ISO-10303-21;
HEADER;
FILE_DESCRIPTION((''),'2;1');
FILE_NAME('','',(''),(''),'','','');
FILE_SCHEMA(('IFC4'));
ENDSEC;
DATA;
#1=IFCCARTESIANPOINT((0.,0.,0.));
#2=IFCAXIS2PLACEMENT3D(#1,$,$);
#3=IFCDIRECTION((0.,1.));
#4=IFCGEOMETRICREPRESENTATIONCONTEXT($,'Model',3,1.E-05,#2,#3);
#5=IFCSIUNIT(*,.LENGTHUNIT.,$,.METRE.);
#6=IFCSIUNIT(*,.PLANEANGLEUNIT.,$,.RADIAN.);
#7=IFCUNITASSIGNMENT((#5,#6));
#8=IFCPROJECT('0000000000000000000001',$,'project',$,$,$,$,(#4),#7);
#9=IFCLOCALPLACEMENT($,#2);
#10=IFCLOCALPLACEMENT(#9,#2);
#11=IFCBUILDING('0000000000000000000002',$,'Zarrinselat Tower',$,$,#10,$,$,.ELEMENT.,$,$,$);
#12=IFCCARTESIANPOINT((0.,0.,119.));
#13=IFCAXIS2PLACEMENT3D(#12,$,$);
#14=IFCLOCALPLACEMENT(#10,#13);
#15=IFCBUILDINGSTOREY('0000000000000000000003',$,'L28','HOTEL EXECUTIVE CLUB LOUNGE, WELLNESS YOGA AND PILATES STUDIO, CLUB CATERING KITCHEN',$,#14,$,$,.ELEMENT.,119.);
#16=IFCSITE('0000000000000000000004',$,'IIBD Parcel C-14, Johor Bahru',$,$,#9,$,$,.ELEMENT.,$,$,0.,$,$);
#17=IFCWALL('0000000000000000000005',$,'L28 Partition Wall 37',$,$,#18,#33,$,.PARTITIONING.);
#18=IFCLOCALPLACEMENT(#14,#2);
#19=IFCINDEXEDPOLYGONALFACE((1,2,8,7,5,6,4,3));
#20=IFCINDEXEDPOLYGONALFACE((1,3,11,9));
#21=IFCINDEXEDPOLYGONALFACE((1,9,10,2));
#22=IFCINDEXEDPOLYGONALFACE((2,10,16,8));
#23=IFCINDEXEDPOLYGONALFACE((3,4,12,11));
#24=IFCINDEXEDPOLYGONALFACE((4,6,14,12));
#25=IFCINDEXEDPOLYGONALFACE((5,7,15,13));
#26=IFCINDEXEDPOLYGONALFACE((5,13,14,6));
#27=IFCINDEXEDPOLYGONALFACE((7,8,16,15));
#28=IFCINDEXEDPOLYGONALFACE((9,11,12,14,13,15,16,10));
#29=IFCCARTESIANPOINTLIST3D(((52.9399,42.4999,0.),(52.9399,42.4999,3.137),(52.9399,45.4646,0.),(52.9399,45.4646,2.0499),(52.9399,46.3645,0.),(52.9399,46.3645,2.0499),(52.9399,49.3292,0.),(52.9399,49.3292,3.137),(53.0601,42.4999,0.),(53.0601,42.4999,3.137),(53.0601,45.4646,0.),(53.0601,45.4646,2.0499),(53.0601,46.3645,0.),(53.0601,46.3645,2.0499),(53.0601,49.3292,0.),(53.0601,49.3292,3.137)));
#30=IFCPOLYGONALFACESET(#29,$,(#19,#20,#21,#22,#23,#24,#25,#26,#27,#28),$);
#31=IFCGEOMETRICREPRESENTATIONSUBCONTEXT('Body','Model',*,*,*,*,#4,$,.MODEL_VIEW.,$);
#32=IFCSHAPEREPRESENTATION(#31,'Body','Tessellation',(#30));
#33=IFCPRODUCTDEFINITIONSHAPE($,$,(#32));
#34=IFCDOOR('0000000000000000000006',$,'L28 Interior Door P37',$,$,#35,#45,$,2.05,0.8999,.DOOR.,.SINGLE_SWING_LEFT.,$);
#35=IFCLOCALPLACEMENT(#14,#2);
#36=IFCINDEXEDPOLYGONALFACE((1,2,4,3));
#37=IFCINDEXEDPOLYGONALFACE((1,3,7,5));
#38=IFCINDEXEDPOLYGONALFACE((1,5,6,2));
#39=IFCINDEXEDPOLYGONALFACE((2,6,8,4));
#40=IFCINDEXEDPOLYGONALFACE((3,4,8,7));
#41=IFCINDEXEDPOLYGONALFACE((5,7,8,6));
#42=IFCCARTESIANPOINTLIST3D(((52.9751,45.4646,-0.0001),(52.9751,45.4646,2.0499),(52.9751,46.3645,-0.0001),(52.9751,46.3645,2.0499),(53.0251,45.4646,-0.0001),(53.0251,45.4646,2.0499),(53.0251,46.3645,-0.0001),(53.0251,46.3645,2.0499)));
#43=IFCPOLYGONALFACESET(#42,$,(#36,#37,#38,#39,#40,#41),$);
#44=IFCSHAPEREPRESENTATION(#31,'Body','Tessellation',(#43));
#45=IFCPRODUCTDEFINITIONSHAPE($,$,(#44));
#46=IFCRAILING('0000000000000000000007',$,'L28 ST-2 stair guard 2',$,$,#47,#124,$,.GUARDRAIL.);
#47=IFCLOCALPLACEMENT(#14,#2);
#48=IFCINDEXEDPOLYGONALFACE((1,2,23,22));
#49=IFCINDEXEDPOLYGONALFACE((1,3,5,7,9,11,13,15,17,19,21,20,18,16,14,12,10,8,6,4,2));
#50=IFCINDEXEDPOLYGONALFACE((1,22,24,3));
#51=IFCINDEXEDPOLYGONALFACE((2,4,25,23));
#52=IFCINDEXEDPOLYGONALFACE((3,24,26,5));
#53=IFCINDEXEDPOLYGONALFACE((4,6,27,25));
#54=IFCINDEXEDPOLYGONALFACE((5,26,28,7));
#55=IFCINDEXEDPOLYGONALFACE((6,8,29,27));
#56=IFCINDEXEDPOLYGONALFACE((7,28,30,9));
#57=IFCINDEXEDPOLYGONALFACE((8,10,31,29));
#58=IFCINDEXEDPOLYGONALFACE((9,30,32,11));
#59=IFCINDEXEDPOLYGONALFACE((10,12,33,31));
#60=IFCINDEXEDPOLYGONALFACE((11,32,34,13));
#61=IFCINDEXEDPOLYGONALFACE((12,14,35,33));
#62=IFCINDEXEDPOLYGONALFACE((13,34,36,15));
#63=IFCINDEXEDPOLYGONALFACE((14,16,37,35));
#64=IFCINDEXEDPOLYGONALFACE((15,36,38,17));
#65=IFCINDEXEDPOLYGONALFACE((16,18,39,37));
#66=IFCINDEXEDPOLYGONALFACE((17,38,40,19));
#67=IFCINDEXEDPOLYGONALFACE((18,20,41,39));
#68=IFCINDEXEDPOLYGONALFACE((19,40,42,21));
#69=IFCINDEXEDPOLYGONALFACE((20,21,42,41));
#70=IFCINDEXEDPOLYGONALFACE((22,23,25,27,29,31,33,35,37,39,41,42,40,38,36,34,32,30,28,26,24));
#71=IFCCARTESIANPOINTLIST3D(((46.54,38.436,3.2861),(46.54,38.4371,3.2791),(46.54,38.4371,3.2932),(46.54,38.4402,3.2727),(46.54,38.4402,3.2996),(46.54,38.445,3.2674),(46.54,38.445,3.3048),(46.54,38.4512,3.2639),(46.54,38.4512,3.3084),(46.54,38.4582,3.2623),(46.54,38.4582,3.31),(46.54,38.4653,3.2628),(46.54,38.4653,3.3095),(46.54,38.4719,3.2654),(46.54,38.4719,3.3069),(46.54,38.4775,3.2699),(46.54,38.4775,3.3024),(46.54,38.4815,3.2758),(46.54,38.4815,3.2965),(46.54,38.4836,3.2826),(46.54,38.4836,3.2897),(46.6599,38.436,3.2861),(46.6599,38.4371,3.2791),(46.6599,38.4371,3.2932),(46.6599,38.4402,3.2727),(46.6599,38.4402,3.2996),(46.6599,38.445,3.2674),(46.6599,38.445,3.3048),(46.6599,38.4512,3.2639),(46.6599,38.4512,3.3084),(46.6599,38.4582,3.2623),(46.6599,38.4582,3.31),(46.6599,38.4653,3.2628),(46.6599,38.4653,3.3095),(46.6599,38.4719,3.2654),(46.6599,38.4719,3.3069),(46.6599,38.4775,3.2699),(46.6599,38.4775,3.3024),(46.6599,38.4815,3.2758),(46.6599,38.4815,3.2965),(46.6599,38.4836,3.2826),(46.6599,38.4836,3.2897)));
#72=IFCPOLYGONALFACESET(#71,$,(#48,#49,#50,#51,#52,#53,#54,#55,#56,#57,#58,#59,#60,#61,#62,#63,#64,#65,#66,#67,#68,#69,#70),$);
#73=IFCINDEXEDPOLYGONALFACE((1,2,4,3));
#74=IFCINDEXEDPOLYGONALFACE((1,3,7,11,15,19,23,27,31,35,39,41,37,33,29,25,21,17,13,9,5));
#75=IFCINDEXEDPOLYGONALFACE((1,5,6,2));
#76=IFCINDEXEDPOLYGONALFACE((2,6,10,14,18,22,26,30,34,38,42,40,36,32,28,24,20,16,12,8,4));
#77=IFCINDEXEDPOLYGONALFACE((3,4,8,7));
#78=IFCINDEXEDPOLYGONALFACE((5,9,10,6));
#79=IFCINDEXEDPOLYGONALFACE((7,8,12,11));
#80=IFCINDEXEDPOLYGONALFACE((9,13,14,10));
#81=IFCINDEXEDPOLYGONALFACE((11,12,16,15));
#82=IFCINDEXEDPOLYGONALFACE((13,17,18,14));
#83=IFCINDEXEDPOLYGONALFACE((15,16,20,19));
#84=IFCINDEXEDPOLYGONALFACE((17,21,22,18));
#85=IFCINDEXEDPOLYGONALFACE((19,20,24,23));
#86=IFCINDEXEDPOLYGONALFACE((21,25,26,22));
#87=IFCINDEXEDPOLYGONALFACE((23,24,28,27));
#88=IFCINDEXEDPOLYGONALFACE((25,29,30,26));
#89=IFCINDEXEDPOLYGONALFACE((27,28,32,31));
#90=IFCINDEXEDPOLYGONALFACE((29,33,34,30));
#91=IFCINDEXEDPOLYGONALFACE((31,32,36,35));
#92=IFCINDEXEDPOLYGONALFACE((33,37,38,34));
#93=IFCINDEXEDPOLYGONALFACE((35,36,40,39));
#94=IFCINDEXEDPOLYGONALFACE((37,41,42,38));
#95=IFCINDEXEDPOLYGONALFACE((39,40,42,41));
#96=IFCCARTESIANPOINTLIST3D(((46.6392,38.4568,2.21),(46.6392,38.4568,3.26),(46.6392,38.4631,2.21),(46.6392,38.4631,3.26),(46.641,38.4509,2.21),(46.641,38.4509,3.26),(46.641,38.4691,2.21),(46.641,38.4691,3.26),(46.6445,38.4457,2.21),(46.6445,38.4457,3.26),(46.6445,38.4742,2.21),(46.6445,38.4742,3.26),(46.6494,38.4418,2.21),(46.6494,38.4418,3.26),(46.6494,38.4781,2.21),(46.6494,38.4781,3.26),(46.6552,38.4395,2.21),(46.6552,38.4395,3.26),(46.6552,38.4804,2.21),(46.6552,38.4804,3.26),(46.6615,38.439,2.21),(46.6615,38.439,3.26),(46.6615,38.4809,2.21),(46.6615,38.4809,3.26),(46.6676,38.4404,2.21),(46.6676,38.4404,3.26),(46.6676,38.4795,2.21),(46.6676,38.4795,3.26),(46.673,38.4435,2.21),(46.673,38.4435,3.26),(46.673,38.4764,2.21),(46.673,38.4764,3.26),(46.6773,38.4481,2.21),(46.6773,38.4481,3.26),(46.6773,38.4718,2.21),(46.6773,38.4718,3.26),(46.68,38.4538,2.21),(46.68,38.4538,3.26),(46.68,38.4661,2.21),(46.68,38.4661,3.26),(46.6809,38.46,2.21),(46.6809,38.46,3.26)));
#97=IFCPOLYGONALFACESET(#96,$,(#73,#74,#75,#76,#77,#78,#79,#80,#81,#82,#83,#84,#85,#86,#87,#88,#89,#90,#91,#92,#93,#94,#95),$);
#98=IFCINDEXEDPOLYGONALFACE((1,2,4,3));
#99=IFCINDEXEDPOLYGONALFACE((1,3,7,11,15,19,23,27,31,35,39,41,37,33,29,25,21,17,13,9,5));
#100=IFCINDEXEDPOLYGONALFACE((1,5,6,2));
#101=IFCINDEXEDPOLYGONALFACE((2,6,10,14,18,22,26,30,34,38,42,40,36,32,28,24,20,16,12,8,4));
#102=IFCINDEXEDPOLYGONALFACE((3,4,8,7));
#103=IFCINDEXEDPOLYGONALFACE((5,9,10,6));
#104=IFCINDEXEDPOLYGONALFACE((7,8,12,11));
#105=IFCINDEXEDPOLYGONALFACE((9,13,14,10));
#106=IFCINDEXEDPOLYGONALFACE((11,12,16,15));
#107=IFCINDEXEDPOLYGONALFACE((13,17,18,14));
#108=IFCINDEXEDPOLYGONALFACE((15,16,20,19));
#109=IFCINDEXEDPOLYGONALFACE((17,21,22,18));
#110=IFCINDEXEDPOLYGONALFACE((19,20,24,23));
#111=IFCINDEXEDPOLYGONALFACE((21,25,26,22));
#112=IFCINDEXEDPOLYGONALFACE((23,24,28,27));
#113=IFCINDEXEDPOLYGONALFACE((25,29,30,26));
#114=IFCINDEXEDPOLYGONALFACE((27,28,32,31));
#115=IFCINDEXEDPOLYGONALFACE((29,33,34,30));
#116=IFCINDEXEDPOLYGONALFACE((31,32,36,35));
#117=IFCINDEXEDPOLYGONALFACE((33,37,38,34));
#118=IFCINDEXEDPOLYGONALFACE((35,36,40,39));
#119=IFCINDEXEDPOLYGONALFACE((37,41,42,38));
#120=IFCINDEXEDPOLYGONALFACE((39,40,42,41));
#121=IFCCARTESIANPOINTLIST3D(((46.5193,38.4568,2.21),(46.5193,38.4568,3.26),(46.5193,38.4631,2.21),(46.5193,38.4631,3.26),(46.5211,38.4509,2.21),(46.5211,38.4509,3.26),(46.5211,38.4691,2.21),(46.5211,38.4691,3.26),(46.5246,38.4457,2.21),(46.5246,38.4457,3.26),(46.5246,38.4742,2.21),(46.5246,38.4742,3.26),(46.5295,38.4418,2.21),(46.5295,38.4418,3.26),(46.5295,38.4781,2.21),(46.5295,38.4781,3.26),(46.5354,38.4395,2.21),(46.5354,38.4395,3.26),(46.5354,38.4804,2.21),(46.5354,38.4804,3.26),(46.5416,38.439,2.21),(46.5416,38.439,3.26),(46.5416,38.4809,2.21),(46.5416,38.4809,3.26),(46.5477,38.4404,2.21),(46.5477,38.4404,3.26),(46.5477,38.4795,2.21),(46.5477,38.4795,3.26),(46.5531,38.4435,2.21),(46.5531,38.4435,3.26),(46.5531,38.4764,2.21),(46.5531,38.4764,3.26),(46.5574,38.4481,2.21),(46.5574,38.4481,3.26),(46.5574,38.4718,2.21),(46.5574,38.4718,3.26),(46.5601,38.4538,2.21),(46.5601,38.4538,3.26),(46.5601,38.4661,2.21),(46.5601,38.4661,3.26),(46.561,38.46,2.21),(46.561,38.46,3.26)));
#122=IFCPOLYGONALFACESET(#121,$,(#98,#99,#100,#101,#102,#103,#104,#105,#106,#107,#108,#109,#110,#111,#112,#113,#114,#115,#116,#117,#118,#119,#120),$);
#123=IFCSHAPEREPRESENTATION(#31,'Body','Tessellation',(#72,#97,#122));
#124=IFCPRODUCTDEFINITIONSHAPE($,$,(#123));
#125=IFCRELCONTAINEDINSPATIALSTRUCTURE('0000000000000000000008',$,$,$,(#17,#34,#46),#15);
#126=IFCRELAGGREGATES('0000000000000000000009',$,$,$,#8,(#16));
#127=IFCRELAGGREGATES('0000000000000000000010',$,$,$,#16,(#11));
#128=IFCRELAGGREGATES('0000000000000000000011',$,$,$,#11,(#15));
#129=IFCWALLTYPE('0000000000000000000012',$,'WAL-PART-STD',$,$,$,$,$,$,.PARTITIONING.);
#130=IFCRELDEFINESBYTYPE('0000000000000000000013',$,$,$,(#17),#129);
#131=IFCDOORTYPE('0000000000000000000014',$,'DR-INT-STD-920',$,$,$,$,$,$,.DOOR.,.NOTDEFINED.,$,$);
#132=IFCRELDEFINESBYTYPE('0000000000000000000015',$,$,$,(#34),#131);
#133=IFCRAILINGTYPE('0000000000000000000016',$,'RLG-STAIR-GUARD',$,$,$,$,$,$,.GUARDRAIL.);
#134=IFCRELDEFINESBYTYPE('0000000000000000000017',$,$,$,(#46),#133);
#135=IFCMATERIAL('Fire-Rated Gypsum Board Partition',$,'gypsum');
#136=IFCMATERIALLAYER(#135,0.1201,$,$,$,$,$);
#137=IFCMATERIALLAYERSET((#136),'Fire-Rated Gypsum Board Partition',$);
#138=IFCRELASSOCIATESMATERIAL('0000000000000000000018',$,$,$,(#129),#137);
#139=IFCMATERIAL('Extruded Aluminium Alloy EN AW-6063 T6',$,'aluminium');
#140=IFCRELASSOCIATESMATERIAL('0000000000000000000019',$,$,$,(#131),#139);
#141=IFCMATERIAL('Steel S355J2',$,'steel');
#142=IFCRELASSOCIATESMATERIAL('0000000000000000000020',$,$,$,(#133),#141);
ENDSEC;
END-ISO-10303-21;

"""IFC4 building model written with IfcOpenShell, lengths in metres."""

from ifc_helpers import new_model, si_unit, direction, frame, frame_2d, origin, origin_2d, place, context, subcontext, project, spatial, rectangle, circle, extrude, material, layer, layer_set, type_object, element, fill, save


model = new_model("IFC4")

# Units and contexts
model_context = context("Model", 3, precision=1e-05, world=origin(), true_north=direction((0.0, 1.0)))
body_context = subcontext(model_context, "Body", "Model", "MODEL_VIEW")
ifc_project = project(units=[si_unit("LENGTHUNIT", "METRE"), si_unit("PLANEANGLEUNIT", "RADIAN")], contexts=[model_context])

# Site, building, storey
site_placement = place(None, origin())
site = spatial("IfcSite", under=ifc_project, at=site_placement, Name="IIBD Parcel C-14, Johor Bahru", CompositionType="ELEMENT", RefElevation=0.0)
building_placement = place(site_placement, origin())
building = spatial("IfcBuilding", under=site, at=building_placement, Name="Zarrinselat Tower", CompositionType="ELEMENT")
storey_placement = place(building_placement, frame((0.0, 0.0, 119.0)))
storey = spatial("IfcBuildingStorey", under=building, at=storey_placement, Name="L28", Description="HOTEL EXECUTIVE CLUB LOUNGE, WELLNESS YOGA AND PILATES STUDIO, CLUB CATERING KITCHEN", CompositionType="ELEMENT", Elevation=119.0)

# Wall, opening, door
ifc_material_1 = material(Name="Fire-Rated Gypsum Board Partition", Category="gypsum")
ifc_layer_1 = layer(ifc_material_1, 0.1201)
ifc_layer_set_1 = layer_set([ifc_layer_1], Name="Fire-Rated Gypsum Board Partition")
wall_type = type_object("IfcWallType", Name="WAL-PART-STD", PredefinedType="PARTITIONING", material=ifc_layer_set_1)
wall_placement = place(storey_placement, frame((53.0, 42.5, 0.0), z_axis=(0.0, 0.0, 1.0), x_axis=(0.0, 1.0, 0.0)))
wall = element("IfcWall", 1, at=wall_placement, inside=storey, type_object=wall_type, Name="L28 Partition Wall 37", PredefinedType="PARTITIONING", context=body_context, shape_type="SweptSolid", body=[
    extrude(rectangle(XDim=6.8293, YDim=0.1201, at=frame_2d((3.4146, 0.0))), origin(), (0.0, 0.0, 1.0), 3.137),
])
opening_placement = place(wall_placement, frame((2.9646, 0.0, 0.0)))
opening = element("IfcOpeningElement", 2, at=opening_placement, cuts=wall, PredefinedType="OPENING", context=body_context, shape_type="SweptSolid", body=[
    extrude(rectangle(XDim=0.8999, YDim=2.05, at=frame_2d((0.45, 1.0249))), frame((0.0, 0.0701, 0.0), z_axis=(0.0, -1.0, 0.0), x_axis=(1.0, 0.0, 0.0)), (0.0, 0.0, 1.0), 0.1401),
])
ifc_material_2 = material(Name="Extruded Aluminium Alloy EN AW-6063 T6", Category="aluminium")
door_type = type_object("IfcDoorType", Name="DR-INT-STD-920", OperationType="NOTDEFINED", PredefinedType="DOOR", material=ifc_material_2)
door_placement = place(opening_placement, origin())
door = element("IfcDoor", 3, at=door_placement, inside=storey, type_object=door_type, Name="L28 Interior Door P37", OperationType="SINGLE_SWING_LEFT", OverallHeight=2.05, OverallWidth=0.8999, PredefinedType="DOOR", context=body_context, shape_type="SweptSolid", body=[
    extrude(rectangle(XDim=0.8999, YDim=2.05, at=frame_2d((0.45, 1.0249))), frame((0.0, 0.0249, 0.0), z_axis=(0.0, -1.0, 0.0), x_axis=(1.0, 0.0, 0.0)), (0.0, 0.0, 1.0), 0.05),
])
fill(opening, door)

# Railing
ifc_material_3 = material(Name="Steel S355J2", Category="steel")
railing_type = type_object("IfcRailingType", Name="RLG-STAIR-GUARD", PredefinedType="GUARDRAIL", material=ifc_material_3)
railing_1_placement = place(storey_placement, frame((46.6599, 38.46, 2.21)))
element("IfcRailing", 4, at=railing_1_placement, inside=storey, type_object=railing_type, Name="L28 ST-2 stair guard 2", PredefinedType="GUARDRAIL", context=body_context, shape_type="SweptSolid", body=[
    extrude(circle(Radius=0.0239, at=origin_2d()), frame((0.0, 0.0, 1.0762), z_axis=(-1.0, 0.0, 0.0), x_axis=(0.0, -1.0, 0.0)), (0.0, 0.0, 1.0), 0.1199),
    extrude(circle(Radius=0.021, at=origin_2d()), origin(), (0.0, 0.0, 1.0), 1.05),
    extrude(circle(Radius=0.021, at=origin_2d()), frame((-0.1199, 0.0, 0.0)), (0.0, 0.0, 1.0), 1.05),
])

save(model, "model.ifc")
